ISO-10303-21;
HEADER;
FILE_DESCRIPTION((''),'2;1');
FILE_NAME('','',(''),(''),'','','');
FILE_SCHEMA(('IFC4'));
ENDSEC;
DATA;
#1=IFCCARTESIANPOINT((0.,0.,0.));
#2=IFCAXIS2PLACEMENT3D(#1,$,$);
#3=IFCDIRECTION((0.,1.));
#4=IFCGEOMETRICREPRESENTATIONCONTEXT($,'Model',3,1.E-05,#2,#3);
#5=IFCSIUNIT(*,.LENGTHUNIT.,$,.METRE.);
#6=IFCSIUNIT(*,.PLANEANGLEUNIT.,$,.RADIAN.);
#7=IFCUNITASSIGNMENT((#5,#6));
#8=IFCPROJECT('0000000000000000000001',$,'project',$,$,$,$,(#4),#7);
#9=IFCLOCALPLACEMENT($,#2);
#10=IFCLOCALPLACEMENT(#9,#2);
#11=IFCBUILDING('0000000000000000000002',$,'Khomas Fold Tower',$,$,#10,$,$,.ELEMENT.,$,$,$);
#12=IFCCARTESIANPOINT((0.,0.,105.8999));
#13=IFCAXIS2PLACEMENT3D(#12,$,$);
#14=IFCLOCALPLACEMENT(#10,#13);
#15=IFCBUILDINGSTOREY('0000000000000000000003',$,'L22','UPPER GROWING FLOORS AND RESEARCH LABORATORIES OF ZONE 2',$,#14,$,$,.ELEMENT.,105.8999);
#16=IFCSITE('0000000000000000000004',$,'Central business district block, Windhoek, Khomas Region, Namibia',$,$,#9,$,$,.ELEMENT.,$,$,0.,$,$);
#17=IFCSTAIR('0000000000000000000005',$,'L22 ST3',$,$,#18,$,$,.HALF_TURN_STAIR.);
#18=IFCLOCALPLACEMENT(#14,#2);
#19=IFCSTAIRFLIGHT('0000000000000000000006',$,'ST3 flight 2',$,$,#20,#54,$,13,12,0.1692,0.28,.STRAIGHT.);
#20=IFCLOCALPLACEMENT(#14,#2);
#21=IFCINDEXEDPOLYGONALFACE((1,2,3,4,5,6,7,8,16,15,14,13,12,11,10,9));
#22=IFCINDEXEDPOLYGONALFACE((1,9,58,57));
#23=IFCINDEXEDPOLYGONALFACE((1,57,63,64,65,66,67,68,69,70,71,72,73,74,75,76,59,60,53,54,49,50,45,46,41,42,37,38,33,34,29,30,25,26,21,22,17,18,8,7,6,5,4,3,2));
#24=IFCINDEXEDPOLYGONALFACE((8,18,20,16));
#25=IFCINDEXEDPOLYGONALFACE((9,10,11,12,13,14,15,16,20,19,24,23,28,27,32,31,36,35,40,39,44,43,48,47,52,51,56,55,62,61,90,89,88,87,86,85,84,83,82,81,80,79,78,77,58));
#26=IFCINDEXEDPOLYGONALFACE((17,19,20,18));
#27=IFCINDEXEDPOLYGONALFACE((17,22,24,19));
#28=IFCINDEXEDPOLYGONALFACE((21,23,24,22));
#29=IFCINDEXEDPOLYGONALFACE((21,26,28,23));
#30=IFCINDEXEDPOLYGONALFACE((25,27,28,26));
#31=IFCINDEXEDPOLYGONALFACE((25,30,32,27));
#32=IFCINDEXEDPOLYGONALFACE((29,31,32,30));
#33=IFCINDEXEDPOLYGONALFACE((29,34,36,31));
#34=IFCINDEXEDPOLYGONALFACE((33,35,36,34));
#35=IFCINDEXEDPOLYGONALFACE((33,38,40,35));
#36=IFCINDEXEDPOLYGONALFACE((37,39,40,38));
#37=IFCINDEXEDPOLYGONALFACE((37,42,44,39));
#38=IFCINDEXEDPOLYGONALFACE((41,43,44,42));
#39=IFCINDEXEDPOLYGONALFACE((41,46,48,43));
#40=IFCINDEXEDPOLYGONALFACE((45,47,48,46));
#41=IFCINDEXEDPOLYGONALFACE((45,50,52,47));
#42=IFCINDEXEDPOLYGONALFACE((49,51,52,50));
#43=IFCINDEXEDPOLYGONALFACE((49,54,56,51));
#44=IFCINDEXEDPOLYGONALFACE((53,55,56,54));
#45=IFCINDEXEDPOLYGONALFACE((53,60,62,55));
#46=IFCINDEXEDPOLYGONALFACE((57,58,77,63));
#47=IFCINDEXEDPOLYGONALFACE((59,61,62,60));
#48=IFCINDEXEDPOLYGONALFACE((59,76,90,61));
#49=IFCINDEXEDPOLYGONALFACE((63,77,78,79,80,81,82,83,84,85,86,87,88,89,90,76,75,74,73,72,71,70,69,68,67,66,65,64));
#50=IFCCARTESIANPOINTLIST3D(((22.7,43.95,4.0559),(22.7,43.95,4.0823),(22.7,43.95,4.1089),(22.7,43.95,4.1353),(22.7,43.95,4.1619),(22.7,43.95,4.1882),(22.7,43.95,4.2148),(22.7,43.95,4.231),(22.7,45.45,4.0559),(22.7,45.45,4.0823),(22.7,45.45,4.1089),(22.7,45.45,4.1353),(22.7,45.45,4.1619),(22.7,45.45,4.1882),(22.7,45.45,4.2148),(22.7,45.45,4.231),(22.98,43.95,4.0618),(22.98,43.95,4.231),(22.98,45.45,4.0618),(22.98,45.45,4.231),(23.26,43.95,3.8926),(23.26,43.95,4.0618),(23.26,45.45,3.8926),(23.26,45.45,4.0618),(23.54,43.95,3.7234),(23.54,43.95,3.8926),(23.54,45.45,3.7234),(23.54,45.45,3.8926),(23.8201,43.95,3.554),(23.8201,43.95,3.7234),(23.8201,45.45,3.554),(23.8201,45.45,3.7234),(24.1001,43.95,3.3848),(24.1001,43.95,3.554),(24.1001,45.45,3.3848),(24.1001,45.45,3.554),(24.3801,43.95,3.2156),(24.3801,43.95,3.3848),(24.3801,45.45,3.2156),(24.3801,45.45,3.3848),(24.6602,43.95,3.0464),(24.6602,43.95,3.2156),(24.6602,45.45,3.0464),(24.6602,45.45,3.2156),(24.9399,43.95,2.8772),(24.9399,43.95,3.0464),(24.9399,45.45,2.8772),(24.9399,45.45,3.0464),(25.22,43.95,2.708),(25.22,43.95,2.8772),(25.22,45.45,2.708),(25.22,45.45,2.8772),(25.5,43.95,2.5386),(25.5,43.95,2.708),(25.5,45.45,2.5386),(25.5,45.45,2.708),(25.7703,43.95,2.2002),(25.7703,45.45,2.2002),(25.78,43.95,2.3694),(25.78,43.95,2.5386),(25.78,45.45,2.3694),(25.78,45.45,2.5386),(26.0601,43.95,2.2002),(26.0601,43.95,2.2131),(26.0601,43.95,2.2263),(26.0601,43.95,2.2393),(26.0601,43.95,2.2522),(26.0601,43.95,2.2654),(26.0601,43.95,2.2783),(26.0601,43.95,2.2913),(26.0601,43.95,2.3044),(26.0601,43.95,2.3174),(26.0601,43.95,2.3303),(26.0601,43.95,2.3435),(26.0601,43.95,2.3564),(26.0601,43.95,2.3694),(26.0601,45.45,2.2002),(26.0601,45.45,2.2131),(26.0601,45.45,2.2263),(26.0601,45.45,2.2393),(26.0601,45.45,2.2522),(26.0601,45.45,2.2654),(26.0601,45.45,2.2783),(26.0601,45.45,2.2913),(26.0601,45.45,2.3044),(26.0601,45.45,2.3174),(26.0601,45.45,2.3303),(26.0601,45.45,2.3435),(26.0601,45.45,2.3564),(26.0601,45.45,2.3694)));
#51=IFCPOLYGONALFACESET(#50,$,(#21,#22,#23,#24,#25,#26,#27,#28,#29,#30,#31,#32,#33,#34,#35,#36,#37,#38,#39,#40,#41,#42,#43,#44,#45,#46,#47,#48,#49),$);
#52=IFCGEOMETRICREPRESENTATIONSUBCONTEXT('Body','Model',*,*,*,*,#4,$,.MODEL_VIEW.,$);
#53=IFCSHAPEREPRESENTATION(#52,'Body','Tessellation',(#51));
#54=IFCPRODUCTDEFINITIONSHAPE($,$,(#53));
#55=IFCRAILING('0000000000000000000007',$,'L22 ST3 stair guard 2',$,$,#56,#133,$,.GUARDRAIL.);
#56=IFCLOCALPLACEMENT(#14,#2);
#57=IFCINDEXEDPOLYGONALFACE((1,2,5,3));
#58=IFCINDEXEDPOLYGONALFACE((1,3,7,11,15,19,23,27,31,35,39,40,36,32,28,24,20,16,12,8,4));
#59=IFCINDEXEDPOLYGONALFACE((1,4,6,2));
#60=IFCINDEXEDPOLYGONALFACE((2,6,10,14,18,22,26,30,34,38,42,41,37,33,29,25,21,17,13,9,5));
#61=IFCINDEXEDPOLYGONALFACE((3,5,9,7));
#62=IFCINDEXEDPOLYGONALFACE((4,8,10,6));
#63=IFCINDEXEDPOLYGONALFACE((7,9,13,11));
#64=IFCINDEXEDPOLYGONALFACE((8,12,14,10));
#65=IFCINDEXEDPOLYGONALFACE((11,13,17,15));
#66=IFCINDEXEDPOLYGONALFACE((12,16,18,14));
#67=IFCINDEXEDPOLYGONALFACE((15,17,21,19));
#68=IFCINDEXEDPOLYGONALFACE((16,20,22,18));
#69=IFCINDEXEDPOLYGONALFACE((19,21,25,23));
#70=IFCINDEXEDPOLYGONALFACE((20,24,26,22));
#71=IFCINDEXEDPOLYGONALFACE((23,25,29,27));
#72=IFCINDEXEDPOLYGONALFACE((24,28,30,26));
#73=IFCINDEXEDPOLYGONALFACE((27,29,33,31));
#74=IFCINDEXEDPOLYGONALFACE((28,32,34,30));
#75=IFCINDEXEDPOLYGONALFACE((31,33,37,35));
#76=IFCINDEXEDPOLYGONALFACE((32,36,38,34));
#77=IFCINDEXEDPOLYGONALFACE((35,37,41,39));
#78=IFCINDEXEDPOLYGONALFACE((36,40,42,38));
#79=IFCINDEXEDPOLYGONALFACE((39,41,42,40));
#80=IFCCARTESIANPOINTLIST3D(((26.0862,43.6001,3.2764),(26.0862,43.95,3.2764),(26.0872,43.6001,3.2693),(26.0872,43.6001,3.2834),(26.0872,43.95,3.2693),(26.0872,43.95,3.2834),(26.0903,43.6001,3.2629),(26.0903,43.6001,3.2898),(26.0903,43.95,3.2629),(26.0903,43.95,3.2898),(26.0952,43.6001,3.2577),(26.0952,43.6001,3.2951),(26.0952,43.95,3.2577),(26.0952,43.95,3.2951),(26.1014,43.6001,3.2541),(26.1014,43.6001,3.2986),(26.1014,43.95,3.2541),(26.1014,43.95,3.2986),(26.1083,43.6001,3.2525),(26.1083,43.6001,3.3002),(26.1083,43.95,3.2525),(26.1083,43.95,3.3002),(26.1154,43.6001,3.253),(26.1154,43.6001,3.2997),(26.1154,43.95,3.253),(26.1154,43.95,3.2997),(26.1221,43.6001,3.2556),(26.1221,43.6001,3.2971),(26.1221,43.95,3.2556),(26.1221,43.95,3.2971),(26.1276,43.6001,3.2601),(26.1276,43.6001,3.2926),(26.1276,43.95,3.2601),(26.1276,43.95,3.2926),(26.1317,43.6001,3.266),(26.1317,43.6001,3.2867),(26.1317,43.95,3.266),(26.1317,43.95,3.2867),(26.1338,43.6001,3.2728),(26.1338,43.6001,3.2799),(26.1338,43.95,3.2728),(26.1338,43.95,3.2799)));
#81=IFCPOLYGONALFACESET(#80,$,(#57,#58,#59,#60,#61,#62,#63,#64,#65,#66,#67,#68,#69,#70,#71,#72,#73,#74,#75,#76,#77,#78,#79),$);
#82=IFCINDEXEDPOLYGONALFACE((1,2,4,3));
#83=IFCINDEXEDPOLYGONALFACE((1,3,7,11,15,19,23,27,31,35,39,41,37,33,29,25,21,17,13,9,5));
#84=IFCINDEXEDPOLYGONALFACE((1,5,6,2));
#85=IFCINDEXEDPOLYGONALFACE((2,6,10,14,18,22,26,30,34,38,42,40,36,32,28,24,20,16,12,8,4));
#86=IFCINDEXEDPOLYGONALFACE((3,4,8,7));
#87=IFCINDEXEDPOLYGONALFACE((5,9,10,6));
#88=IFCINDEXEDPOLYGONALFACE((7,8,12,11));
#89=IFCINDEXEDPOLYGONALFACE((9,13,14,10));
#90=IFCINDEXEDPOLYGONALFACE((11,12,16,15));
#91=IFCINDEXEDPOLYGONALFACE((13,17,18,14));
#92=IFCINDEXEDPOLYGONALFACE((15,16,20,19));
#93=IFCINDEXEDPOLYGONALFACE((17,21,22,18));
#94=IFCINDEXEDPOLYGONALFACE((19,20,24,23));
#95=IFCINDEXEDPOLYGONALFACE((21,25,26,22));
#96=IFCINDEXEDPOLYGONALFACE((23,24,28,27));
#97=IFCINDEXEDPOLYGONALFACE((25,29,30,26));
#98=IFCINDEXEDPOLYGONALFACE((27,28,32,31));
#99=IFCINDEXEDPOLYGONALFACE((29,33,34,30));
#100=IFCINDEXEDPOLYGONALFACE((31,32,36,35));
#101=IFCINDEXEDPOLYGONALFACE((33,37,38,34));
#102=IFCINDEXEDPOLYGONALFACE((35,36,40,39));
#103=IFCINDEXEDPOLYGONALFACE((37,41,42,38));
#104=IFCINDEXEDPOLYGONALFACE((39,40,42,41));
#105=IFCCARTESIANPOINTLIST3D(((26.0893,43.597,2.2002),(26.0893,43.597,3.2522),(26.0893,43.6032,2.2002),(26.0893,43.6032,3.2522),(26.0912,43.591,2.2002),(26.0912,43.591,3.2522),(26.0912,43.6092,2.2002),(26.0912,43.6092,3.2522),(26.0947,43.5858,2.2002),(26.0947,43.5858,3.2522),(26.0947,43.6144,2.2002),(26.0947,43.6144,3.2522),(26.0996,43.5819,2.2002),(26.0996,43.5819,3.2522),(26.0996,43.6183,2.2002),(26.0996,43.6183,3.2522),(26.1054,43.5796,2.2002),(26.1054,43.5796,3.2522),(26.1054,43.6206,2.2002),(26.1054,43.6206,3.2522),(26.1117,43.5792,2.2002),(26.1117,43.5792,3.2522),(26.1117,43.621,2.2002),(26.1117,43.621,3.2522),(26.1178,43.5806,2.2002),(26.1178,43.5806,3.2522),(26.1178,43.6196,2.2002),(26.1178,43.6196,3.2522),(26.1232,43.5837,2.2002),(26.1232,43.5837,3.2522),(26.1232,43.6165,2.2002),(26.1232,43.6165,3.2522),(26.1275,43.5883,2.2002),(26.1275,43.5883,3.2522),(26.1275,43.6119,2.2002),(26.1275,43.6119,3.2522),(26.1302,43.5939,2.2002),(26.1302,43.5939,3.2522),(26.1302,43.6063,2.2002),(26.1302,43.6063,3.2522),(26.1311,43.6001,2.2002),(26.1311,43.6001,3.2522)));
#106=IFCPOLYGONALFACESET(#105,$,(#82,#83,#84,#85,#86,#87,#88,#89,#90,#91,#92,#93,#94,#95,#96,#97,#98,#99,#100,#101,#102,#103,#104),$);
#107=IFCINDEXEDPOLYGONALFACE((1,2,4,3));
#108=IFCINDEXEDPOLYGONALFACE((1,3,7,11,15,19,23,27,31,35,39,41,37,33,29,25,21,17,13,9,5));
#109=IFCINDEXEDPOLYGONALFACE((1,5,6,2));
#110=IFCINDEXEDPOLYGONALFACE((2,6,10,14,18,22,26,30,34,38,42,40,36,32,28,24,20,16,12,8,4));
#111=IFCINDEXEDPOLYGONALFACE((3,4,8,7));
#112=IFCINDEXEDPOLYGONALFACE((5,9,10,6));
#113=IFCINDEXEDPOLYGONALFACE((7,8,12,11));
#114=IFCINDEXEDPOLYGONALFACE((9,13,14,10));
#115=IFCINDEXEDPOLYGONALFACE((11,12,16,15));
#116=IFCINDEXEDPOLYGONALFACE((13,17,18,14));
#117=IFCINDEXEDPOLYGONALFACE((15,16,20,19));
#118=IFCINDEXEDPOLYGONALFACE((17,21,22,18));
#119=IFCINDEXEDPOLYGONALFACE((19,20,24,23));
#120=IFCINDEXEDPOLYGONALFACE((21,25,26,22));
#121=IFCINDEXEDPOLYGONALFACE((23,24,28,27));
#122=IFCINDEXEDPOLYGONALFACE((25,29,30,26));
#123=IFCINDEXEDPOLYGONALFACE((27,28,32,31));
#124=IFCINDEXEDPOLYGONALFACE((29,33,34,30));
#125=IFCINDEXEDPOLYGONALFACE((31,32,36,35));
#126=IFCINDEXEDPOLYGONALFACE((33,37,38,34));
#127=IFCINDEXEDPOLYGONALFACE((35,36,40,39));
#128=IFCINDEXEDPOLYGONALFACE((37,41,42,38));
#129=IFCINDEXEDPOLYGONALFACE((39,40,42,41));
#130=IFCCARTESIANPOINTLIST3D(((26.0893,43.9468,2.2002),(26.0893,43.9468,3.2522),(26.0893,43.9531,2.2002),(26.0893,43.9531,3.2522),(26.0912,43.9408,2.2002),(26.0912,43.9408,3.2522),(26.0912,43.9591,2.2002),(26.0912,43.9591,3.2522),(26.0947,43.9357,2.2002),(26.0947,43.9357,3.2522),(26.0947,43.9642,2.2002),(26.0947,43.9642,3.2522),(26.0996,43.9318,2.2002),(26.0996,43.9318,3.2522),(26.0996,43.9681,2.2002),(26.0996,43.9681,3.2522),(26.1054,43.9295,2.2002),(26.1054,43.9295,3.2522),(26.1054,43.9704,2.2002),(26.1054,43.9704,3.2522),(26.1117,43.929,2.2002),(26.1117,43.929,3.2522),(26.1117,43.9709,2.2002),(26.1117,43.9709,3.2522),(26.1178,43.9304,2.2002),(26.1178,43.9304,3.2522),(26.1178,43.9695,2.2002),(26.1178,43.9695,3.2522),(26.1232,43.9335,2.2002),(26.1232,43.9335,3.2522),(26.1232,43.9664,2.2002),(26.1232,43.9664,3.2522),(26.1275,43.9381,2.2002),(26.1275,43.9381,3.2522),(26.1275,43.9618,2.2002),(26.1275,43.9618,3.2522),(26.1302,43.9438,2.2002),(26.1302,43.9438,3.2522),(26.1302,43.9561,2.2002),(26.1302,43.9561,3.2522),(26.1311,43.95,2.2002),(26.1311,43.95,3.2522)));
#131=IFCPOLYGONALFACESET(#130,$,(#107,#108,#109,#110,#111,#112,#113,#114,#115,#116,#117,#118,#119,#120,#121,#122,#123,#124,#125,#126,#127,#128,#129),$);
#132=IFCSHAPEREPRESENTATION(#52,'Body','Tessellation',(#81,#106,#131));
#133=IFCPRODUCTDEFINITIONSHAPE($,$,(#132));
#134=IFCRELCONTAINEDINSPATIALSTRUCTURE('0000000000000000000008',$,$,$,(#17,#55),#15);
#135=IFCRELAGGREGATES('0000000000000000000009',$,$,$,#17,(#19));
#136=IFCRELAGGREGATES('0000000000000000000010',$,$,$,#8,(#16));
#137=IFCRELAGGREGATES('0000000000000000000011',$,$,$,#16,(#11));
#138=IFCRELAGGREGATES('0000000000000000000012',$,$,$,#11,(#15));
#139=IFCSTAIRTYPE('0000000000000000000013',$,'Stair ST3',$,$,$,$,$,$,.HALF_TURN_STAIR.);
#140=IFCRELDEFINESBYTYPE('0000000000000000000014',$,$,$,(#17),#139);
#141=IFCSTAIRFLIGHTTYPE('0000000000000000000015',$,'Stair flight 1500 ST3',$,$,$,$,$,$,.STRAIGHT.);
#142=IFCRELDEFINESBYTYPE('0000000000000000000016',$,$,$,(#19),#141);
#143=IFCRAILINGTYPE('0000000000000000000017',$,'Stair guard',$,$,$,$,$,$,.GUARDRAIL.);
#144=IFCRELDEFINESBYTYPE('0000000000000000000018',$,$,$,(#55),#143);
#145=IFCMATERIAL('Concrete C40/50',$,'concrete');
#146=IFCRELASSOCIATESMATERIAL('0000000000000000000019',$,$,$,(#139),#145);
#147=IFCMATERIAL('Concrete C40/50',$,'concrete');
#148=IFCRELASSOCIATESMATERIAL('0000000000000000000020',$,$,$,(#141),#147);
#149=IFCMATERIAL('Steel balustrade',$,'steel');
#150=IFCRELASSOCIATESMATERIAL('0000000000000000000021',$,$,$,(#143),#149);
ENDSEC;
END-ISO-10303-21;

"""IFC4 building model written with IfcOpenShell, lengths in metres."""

from ifc_helpers import new_model, si_unit, direction, frame, origin, origin_2d, place, context, subcontext, project, spatial, polyline, circle, outline, extrude, source, transform, mapped, material, type_object, element, aggregate, save


model = new_model("IFC4")

# Units and contexts
model_context = context("Model", 3, precision=1e-05, world=origin(), true_north=direction((0.0, 1.0)))
body_context = subcontext(model_context, "Body", "Model", "MODEL_VIEW")
ifc_project = project(units=[si_unit("LENGTHUNIT", "METRE"), si_unit("PLANEANGLEUNIT", "RADIAN")], contexts=[model_context])

# Site, building, storey
site_placement = place(None, origin())
site = spatial("IfcSite", under=ifc_project, at=site_placement, Name="Central business district block, Windhoek, Khomas Region, Namibia", CompositionType="ELEMENT", RefElevation=0.0)
building_placement = place(site_placement, origin())
building = spatial("IfcBuilding", under=site, at=building_placement, Name="Khomas Fold Tower", CompositionType="ELEMENT")
storey_placement = place(building_placement, frame((0.0, 0.0, 105.8999)))
storey = spatial("IfcBuildingStorey", under=building, at=storey_placement, Name="L22", Description="UPPER GROWING FLOORS AND RESEARCH LABORATORIES OF ZONE 2", CompositionType="ELEMENT", Elevation=105.8999)

# Stair, stair flight
ifc_material_1 = material(Name="Concrete C40/50", Category="concrete")
stair_type = type_object("IfcStairType", Name="Stair ST3", PredefinedType="HALF_TURN_STAIR", material=ifc_material_1)
stair_placement = place(storey_placement, origin())
stair = element("IfcStair", 1, at=stair_placement, inside=storey, type_object=stair_type, Name="L22 ST3", PredefinedType="HALF_TURN_STAIR")
ifc_material_2 = material(Name="Concrete C40/50", Category="concrete")
stair_flight_type = type_object("IfcStairFlightType", Name="Stair flight 1500 ST3", PredefinedType="STRAIGHT", material=ifc_material_2)
shared_shape_1 = source(origin(), body_context, "Body", "SweptSolid", [
    extrude(outline(polyline([(0.0, 0.0), (0.0, 0.0129), (0.0, 0.0261), (0.0, 0.0391), (0.0, 0.052), (0.0, 0.0652), (0.0, 0.0781), (0.0, 0.0911), (0.0, 0.1042), (0.0, 0.1172), (0.0, 0.1301), (0.0, 0.1433), (0.0, 0.1562), (0.0, 0.1692), (0.28, 0.1692), (0.28, 0.3384), (0.5601, 0.3384), (0.5601, 0.5078), (0.8401, 0.5078), (0.8401, 0.677), (1.1201, 0.677), (1.1201, 0.8462), (1.3999, 0.8462), (1.3999, 1.0154), (1.6799, 1.0154), (1.6799, 1.1846), (1.96, 1.1846), (1.96, 1.3538), (2.24, 1.3538), (2.24, 1.5232), (2.52, 1.5232), (2.52, 1.6924), (2.8, 1.6924), (2.8, 1.8616), (3.0801, 1.8616), (3.0801, 2.0308), (3.3601, 2.0308), (3.3601, 2.2), (3.3601, 2.1736), (3.3601, 2.147), (3.3601, 2.1206), (3.3601, 2.094), (3.3601, 2.0676), (3.3601, 2.041), (3.3601, 2.0146), (3.3601, 1.988), (3.3601, 1.9617), (3.3601, 1.9351), (3.3601, 1.9087), (3.3601, 1.8821), (3.3601, 1.8557), (0.2898, 0.0), (0.0, 0.0)])), frame((0.0, 0.75, 0.0), z_axis=(0.0, -1.0, 0.0), x_axis=(1.0, 0.0, 0.0)), (0.0, 0.0, 1.0), 1.5),
])
stair_flight_placement = place(storey_placement, frame((26.0601, 44.7, 2.2002), z_axis=(0.0, 0.0, 1.0), x_axis=(-1.0, 0.0, 0.0)))
stair_flight = element("IfcStairFlight", 2, at=stair_flight_placement, type_object=stair_flight_type, Name="ST3 flight 2", NumberOfRisers=13, NumberOfTreads=12, PredefinedType="STRAIGHT", RiserHeight=0.1692, TreadLength=0.28, context=body_context, shape_type="MappedRepresentation", body=[
    mapped(shared_shape_1, transform((0.0, 0.0, 0.0))),
])
aggregate(stair, [stair_flight])

# Railing
ifc_material_3 = material(Name="Steel balustrade", Category="steel")
railing_type_1 = type_object("IfcRailingType", Name="Stair guard", PredefinedType="GUARDRAIL", material=ifc_material_3)
shared_shape_2 = source(origin(), body_context, "Body", "SweptSolid", [
    extrude(circle(Radius=0.0239, at=origin_2d()), frame((0.0, 0.0, 1.0762), z_axis=(0.0, 1.0, 0.0), x_axis=(-1.0, 0.0, 0.0)), (0.0, 0.0, 1.0), 0.3499),
    extrude(circle(Radius=0.021, at=origin_2d()), origin(), (0.0, 0.0, 1.0), 1.052),
    extrude(circle(Radius=0.021, at=origin_2d()), frame((0.0, 0.3499, 0.0)), (0.0, 0.0, 1.0), 1.052),
])
for number, where, name in (
    (3, (26.1101, 43.6001, 2.2002), "L22 ST3 stair guard 2"),
):
    element("IfcRailing", number, at=place(storey_placement, frame(where)), inside=storey, type_object=railing_type_1, Name=name, PredefinedType="GUARDRAIL", context=body_context, shape_type="MappedRepresentation", body=[
        mapped(shared_shape_2, transform((0.0, 0.0, 0.0))),
    ])

save(model, "model.ifc")
